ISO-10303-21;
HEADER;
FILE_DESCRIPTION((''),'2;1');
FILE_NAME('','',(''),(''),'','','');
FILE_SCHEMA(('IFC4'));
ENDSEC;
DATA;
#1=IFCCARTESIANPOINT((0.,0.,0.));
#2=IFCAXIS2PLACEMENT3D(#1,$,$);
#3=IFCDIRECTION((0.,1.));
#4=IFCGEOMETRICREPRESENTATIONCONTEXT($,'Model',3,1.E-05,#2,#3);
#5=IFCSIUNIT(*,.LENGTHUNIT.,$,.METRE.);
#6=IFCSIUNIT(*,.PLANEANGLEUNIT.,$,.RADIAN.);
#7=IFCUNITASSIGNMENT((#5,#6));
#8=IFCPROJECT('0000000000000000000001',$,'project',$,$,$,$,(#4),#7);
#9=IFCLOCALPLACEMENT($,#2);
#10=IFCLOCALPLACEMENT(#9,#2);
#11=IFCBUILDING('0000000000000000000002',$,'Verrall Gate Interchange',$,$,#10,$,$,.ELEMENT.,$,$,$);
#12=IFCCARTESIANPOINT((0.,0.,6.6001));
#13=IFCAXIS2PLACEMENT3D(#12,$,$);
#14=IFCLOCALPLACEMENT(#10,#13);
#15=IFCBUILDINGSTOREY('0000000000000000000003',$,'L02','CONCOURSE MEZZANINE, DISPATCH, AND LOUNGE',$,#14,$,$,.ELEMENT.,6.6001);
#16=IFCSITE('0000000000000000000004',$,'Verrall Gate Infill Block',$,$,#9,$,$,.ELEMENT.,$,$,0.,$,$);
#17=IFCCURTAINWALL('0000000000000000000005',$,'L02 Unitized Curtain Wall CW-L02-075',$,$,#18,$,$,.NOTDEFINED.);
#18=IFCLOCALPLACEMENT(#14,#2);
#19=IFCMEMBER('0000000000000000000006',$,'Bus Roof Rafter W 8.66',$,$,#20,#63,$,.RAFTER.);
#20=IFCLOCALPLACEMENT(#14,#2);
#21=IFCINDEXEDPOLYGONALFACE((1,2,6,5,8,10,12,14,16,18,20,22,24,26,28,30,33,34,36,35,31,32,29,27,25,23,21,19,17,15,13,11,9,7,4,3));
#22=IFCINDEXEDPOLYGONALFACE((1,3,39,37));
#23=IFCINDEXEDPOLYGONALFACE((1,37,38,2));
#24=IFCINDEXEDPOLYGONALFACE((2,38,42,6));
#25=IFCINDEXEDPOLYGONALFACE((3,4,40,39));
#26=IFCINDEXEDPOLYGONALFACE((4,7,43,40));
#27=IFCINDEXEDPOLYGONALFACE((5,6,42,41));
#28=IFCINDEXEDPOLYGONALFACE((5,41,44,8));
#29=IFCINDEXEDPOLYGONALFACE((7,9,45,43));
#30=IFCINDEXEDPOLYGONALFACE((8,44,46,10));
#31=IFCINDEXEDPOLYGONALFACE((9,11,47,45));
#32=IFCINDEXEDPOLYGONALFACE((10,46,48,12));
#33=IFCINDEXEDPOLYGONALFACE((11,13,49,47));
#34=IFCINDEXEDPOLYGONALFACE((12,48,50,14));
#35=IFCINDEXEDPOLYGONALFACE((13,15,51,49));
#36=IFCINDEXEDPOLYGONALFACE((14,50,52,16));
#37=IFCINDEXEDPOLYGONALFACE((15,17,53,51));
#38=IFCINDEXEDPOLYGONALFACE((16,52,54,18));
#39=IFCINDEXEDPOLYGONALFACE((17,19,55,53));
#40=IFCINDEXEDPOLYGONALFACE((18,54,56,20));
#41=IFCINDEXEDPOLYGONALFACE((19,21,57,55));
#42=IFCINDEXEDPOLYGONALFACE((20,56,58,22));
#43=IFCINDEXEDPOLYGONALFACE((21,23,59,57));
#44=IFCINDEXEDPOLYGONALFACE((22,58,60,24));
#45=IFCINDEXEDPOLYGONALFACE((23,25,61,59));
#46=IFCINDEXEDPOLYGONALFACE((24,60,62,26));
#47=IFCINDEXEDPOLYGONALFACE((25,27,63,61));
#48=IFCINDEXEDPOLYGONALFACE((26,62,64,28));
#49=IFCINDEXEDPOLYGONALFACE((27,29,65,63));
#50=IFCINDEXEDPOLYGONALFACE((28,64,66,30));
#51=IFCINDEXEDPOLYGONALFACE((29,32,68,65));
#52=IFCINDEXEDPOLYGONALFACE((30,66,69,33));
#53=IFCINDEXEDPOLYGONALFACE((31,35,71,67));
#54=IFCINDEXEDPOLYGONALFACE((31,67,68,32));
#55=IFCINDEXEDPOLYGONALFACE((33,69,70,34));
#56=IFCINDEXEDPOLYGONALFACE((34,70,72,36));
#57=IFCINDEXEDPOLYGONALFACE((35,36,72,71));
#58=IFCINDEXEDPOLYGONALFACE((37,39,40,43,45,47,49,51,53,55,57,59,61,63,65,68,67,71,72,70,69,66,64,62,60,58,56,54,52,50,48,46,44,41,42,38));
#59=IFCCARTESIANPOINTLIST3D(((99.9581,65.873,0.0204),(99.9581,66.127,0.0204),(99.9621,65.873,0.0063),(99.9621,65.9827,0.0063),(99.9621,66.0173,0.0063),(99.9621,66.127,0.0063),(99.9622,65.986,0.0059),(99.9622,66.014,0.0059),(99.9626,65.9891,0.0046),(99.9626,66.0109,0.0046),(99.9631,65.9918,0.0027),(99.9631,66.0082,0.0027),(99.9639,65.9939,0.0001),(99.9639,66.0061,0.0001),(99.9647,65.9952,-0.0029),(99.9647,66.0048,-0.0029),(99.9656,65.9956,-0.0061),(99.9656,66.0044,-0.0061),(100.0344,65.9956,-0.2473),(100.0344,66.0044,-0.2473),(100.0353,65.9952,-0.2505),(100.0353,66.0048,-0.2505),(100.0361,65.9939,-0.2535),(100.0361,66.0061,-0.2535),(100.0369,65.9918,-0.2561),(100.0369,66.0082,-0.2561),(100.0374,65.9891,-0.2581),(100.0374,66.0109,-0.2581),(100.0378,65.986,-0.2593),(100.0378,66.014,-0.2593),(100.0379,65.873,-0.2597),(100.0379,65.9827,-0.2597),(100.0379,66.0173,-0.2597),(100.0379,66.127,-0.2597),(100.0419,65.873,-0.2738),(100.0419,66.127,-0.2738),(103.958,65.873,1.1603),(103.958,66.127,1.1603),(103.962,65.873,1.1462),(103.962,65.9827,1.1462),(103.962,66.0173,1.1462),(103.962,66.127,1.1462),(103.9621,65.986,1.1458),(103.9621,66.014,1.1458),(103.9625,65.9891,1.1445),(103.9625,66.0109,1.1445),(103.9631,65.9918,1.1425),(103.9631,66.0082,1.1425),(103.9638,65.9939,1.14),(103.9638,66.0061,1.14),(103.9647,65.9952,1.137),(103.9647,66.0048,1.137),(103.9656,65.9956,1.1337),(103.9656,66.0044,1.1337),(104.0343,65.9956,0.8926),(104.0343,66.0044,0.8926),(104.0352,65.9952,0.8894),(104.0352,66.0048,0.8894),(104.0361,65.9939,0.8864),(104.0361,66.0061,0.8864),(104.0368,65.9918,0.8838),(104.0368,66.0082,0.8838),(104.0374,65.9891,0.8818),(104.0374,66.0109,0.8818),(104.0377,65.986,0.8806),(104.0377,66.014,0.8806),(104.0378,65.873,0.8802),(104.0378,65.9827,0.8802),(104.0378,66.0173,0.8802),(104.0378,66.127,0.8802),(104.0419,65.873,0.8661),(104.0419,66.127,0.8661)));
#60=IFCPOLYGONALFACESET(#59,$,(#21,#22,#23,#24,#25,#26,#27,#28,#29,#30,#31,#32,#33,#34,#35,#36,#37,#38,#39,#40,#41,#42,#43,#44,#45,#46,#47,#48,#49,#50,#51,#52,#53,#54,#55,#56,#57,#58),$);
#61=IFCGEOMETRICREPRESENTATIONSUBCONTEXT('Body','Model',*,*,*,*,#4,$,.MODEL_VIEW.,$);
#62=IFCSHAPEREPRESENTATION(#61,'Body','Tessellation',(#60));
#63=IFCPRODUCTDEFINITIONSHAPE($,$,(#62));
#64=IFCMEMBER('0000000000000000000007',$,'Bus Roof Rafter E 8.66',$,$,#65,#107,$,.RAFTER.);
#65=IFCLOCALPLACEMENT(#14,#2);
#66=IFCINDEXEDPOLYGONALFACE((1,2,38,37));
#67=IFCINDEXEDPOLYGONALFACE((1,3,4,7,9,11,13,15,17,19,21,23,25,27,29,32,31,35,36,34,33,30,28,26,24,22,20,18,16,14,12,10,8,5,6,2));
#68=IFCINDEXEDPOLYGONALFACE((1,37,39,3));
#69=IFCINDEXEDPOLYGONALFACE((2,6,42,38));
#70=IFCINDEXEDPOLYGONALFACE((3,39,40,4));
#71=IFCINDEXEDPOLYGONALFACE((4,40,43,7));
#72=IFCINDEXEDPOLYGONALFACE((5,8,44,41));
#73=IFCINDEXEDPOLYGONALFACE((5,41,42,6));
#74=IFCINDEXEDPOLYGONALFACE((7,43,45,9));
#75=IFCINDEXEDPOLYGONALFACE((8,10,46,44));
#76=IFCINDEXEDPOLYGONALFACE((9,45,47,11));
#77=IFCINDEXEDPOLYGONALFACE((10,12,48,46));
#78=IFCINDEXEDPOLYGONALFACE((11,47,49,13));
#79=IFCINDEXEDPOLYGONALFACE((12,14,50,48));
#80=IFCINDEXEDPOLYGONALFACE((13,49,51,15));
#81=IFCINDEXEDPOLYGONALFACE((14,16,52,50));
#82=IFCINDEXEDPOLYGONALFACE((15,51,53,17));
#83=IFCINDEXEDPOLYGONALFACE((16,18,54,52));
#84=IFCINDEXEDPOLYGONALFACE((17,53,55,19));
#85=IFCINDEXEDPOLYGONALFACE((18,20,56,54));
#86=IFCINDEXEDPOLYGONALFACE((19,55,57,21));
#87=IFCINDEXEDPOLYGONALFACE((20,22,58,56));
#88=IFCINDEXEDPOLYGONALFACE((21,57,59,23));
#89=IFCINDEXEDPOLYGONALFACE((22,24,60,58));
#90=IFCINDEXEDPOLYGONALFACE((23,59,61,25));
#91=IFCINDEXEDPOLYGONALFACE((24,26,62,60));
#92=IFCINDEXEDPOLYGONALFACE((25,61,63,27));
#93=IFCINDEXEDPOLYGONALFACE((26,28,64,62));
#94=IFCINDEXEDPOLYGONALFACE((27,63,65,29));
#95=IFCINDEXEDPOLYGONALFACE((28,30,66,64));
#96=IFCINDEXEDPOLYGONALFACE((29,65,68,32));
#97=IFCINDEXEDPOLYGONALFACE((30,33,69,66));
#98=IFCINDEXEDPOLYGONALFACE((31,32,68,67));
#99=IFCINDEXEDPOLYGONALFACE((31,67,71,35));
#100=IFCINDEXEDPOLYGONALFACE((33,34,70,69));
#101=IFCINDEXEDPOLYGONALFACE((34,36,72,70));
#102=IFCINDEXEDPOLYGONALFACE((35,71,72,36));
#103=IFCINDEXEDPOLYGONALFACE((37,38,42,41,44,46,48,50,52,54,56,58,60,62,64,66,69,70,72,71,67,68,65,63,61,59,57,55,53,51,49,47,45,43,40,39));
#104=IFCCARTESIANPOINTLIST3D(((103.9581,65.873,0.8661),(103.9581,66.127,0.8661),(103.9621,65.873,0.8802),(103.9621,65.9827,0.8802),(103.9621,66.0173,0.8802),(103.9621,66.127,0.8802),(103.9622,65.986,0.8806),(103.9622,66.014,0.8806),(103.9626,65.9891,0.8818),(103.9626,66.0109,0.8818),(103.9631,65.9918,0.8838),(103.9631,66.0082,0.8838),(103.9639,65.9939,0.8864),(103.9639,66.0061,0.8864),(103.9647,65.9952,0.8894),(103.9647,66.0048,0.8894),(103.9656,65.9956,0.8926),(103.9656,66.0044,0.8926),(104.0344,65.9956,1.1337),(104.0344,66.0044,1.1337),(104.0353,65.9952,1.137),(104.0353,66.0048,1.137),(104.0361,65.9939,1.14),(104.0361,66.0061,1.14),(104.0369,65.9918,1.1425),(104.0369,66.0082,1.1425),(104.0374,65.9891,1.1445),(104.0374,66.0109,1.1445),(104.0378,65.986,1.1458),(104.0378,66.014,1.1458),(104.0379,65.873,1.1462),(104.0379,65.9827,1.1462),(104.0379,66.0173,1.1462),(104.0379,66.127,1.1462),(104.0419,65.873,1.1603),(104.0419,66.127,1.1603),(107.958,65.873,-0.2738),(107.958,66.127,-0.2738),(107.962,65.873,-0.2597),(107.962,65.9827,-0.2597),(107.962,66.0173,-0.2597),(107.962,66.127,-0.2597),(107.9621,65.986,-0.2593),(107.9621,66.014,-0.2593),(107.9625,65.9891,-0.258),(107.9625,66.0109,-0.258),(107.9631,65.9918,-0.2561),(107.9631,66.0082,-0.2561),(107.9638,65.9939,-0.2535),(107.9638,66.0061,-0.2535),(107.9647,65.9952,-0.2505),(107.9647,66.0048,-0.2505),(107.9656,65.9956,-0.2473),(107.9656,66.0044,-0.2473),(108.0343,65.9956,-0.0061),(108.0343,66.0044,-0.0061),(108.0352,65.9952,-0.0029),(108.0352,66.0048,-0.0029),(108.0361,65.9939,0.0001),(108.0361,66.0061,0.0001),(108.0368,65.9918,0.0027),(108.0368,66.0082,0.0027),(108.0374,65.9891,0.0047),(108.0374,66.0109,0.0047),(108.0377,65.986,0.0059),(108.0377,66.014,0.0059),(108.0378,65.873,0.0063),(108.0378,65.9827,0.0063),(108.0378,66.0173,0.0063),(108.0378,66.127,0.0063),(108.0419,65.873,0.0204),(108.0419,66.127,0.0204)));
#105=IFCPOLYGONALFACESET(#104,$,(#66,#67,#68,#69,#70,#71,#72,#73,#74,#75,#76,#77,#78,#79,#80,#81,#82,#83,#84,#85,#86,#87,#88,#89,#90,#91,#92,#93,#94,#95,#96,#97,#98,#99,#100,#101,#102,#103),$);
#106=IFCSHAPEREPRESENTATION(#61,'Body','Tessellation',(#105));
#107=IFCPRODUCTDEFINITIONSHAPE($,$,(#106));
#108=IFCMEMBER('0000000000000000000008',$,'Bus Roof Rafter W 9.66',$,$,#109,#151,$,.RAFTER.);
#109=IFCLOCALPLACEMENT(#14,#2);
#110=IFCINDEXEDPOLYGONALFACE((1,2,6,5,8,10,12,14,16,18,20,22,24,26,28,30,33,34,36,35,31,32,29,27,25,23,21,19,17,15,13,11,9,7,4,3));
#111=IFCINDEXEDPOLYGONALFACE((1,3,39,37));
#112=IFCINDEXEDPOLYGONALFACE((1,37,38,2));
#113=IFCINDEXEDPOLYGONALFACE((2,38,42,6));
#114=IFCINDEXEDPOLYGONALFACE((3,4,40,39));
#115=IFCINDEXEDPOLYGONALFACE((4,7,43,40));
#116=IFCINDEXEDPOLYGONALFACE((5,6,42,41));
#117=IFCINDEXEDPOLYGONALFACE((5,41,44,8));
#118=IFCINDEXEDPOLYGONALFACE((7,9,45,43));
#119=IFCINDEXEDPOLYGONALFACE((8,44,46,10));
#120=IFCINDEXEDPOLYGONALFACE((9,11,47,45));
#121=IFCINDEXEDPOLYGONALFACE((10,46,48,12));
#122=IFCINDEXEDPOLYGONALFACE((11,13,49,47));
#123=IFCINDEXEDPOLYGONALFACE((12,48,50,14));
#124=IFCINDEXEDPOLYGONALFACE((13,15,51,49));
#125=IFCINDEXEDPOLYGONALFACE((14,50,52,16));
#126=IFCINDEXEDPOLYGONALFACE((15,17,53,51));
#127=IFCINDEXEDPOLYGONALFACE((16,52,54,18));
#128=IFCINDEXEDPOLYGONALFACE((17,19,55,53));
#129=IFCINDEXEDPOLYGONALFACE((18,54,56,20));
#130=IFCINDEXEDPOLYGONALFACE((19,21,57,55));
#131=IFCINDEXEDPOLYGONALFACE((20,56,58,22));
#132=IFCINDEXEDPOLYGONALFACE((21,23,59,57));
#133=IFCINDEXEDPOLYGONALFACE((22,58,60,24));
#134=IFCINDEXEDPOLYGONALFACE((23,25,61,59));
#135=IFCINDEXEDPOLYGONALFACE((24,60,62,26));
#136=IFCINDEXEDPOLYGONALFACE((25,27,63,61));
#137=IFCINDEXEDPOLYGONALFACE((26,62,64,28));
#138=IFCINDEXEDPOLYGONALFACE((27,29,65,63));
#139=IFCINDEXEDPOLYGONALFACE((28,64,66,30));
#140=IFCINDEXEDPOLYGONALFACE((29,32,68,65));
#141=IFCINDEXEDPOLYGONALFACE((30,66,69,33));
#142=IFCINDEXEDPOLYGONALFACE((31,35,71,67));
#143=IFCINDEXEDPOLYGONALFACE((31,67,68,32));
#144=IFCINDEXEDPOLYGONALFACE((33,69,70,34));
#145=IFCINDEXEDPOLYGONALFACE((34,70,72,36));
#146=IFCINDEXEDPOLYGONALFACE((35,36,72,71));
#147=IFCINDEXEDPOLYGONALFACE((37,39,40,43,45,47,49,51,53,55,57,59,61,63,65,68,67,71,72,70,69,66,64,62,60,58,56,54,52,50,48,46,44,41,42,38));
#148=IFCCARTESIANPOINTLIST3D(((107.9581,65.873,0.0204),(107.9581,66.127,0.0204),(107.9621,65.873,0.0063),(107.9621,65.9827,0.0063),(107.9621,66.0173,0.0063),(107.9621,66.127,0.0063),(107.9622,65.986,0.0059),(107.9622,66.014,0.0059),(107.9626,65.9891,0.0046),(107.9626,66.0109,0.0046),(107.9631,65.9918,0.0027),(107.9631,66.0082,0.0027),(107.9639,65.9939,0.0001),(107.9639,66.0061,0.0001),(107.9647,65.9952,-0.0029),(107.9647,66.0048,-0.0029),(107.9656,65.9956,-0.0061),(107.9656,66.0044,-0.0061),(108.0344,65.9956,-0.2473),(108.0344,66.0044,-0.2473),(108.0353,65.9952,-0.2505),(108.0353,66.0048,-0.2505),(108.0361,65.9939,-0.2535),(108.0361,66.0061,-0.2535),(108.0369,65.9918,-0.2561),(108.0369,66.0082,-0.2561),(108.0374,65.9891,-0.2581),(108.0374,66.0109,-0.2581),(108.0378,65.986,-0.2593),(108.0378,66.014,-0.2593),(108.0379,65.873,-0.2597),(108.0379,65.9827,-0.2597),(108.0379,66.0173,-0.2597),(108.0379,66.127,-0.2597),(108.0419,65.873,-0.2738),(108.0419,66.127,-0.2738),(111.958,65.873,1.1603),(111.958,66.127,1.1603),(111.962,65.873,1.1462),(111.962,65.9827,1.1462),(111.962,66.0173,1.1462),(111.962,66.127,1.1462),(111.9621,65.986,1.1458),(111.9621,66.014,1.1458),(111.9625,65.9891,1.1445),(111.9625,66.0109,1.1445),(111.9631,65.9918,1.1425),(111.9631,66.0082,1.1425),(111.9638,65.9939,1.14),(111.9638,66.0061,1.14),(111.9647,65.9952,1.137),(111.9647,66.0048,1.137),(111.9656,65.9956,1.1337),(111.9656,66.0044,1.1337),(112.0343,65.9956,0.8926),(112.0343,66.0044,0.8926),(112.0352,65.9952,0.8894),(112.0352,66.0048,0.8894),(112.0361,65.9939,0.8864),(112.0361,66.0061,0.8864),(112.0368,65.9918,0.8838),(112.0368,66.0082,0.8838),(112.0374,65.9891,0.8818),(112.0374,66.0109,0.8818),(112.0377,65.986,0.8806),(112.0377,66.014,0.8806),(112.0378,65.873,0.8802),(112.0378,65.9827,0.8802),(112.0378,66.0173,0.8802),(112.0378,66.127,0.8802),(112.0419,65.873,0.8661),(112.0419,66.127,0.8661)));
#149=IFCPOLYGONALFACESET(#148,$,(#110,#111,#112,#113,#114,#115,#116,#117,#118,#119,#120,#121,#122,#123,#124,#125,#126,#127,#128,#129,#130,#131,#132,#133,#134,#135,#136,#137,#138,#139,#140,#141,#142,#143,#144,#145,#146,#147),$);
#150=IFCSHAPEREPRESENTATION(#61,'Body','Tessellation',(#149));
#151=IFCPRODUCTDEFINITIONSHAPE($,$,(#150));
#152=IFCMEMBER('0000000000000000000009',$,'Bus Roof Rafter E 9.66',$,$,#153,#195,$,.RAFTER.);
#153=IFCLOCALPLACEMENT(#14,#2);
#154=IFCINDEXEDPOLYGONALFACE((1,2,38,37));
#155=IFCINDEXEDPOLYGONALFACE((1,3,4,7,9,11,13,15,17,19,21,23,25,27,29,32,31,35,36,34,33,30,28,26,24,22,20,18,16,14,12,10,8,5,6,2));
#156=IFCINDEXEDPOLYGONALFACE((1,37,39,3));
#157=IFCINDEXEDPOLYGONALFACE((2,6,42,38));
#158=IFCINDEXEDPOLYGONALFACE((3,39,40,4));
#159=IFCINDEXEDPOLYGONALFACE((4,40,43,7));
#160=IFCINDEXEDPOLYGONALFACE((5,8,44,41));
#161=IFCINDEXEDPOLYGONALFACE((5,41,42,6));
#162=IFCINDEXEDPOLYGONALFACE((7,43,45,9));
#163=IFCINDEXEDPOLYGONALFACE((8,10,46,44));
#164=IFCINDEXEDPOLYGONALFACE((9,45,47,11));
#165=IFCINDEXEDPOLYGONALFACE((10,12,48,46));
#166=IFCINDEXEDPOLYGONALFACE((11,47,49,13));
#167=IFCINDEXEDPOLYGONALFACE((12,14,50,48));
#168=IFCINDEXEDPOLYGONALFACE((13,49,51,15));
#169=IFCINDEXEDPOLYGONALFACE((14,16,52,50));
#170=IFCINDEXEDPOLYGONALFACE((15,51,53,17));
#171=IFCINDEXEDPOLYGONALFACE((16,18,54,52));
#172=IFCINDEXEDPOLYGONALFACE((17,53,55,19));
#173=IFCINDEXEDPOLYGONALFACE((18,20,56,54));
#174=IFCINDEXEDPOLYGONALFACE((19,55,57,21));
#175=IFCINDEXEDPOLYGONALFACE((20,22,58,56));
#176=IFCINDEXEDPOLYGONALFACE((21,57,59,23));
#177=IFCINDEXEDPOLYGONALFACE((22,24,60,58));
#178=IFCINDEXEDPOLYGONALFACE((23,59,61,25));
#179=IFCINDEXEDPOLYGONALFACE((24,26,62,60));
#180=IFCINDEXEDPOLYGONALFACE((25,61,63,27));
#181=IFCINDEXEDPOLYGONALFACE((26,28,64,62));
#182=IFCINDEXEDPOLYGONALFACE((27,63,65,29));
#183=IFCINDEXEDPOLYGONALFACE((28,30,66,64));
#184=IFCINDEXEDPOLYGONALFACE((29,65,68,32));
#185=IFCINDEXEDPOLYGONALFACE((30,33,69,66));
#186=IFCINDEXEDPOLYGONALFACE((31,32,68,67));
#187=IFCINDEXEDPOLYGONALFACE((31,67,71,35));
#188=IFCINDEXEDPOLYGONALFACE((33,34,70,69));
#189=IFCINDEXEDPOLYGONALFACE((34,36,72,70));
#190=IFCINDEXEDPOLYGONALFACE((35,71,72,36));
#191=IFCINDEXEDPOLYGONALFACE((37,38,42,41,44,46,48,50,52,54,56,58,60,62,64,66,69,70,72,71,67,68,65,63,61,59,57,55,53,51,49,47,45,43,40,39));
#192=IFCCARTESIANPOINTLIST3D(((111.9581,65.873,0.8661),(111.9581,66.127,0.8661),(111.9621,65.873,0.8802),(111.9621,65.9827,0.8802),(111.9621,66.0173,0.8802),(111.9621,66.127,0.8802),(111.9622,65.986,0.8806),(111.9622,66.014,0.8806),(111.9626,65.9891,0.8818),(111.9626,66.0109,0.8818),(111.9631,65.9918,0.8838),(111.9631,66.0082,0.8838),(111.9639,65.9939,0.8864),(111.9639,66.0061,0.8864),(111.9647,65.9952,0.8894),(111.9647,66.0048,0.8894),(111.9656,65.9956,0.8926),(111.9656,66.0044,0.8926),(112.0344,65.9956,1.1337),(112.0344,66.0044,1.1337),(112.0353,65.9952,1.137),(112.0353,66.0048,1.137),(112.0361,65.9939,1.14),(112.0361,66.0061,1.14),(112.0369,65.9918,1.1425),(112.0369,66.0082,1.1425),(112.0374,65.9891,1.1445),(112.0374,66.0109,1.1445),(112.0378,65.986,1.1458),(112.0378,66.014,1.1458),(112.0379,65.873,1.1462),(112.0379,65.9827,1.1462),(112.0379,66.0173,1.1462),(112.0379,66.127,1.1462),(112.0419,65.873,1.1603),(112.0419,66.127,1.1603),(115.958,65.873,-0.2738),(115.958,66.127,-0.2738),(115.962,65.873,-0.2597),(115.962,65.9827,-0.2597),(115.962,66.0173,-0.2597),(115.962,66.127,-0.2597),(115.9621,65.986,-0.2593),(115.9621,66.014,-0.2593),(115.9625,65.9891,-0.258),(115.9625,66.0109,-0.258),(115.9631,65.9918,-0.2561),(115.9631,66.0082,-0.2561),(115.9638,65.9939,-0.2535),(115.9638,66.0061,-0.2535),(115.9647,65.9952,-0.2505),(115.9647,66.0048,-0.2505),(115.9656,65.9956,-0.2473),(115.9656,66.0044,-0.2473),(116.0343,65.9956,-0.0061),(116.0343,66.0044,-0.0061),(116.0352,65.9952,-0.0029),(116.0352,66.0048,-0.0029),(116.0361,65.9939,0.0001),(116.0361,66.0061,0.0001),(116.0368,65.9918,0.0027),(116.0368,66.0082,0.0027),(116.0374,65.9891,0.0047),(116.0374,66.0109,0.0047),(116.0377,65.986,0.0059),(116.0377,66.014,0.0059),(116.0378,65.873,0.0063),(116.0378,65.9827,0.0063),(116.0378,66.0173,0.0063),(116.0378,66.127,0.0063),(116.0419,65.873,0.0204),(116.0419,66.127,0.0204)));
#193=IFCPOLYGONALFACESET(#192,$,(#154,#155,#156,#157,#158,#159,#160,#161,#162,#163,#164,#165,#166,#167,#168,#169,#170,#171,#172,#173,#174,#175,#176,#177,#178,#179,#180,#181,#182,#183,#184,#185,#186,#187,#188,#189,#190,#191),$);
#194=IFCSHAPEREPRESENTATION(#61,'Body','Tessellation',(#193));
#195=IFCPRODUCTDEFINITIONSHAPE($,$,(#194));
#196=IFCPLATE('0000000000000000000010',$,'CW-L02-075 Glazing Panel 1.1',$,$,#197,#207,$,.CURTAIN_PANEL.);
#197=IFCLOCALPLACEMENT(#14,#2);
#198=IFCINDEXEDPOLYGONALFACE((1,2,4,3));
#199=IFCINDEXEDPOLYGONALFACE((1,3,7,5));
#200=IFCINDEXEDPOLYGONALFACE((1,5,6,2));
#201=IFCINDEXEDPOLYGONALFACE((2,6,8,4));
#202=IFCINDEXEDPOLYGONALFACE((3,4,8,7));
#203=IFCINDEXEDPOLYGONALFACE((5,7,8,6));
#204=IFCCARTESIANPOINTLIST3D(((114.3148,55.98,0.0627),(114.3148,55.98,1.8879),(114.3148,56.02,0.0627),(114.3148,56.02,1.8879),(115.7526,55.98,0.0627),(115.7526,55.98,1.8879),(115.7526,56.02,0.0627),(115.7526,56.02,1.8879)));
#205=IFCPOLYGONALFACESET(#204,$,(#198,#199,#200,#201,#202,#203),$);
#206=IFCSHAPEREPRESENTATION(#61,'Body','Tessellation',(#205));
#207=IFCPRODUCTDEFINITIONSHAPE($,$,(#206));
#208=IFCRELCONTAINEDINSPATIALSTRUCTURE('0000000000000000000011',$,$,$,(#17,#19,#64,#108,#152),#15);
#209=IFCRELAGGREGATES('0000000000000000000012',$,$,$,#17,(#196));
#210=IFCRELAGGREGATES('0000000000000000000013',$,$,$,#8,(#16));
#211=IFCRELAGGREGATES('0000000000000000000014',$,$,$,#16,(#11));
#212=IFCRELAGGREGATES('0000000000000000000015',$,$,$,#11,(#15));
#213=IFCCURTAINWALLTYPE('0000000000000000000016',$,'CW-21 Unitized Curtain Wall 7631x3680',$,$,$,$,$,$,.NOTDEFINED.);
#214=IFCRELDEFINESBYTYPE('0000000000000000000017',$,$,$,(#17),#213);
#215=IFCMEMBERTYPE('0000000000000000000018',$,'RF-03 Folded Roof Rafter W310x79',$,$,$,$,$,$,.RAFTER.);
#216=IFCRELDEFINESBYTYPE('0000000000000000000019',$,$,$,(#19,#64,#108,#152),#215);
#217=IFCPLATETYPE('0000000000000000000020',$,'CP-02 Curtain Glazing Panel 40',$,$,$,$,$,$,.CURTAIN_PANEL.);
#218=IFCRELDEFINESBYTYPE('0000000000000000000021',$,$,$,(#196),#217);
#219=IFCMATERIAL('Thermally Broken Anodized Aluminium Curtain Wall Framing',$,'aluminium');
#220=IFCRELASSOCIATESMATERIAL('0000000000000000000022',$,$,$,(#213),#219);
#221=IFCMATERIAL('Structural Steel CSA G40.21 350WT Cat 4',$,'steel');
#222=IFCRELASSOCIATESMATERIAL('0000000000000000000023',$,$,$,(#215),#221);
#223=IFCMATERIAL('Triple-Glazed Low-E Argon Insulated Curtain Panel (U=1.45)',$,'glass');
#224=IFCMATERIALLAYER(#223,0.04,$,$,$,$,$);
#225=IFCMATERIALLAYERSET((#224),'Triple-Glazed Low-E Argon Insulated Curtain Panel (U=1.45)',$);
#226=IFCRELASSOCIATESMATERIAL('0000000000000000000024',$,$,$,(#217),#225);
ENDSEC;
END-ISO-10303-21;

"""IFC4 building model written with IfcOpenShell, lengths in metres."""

from ifc_helpers import new_model, si_unit, direction, frame, origin, origin_2d, place, context, subcontext, project, spatial, rectangle, i_section, extrude, material, layer, layer_set, material_profile, profile_set, type_object, element, aggregate, save


model = new_model("IFC4")

# Units and contexts
model_context = context("Model", 3, precision=1e-05, world=origin(), true_north=direction((0.0, 1.0)))
body_context = subcontext(model_context, "Body", "Model", "MODEL_VIEW")
ifc_project = project(units=[si_unit("LENGTHUNIT", "METRE"), si_unit("PLANEANGLEUNIT", "RADIAN")], contexts=[model_context])

# Site, building, storey
site_placement = place(None, origin())
site = spatial("IfcSite", under=ifc_project, at=site_placement, Name="Verrall Gate Infill Block", CompositionType="ELEMENT", RefElevation=0.0)
building_placement = place(site_placement, origin())
building = spatial("IfcBuilding", under=site, at=building_placement, Name="Verrall Gate Interchange", CompositionType="ELEMENT")
storey_placement = place(building_placement, frame((0.0, 0.0, 6.6001)))
storey = spatial("IfcBuildingStorey", under=building, at=storey_placement, Name="L02", Description="CONCOURSE MEZZANINE, DISPATCH, AND LOUNGE", CompositionType="ELEMENT", Elevation=6.6001)

# Curtain wall
ifc_material_1 = material(Name="Thermally Broken Anodized Aluminium Curtain Wall Framing", Category="aluminium")
curtain_wall_type = type_object("IfcCurtainWallType", Name="CW-21 Unitized Curtain Wall 7631x3680", PredefinedType="NOTDEFINED", material=ifc_material_1)
curtain_wall_placement = place(storey_placement, origin())
curtain_wall = element("IfcCurtainWall", 1, at=curtain_wall_placement, inside=storey, type_object=curtain_wall_type, Name="L02 Unitized Curtain Wall CW-L02-075", PredefinedType="NOTDEFINED")

# Members
ifc_material_2 = material(Name="Structural Steel CSA G40.21 350WT Cat 4", Category="steel")
ifc_material_profile_1 = material_profile(ifc_material_2, i_section(OverallWidth=0.2539, OverallDepth=0.3059, WebThickness=0.0088, FlangeThickness=0.0146, FilletRadius=0.0129, at=origin_2d()), Name="W310x79")
ifc_profile_set_1 = profile_set([ifc_material_profile_1], Name="Structural Steel CSA G40.21 350WT Cat 4")
member_type_1 = type_object("IfcMemberType", Name="RF-03 Folded Roof Rafter W310x79", PredefinedType="RAFTER", material=ifc_profile_set_1)
for number, where, z_axis, x_axis, name in (
    (2, (100.0, 66.0, -0.1267), (0.961712, 0.0, 0.274062), (0.0, 1.0, 0.0), "Bus Roof Rafter W 8.66"),
    (3, (104.0, 66.0, 1.0132), (0.961712, 0.0, -0.274062), (0.0, 1.0, 0.0), "Bus Roof Rafter E 8.66"),
    (4, (108.0, 66.0, -0.1267), (0.961712, 0.0, 0.274062), (0.0, 1.0, 0.0), "Bus Roof Rafter W 9.66"),
    (5, (112.0, 66.0, 1.0132), (0.961712, 0.0, -0.274062), (0.0, 1.0, 0.0), "Bus Roof Rafter E 9.66"),
):
    element("IfcMember", number, at=place(storey_placement, frame(where, z_axis=z_axis, x_axis=x_axis)), inside=storey, type_object=member_type_1, Name=name, PredefinedType="RAFTER", context=body_context, shape_type="SweptSolid", body=[
        extrude(i_section(OverallWidth=0.2539, OverallDepth=0.3059, WebThickness=0.0088, FlangeThickness=0.0146, FilletRadius=0.0129, at=origin_2d()), origin(), (0.0, 0.0, 1.0), 4.1592),
    ])

# Plate
ifc_material_3 = material(Name="Triple-Glazed Low-E Argon Insulated Curtain Panel (U=1.45)", Category="glass")
ifc_layer_1 = layer(ifc_material_3, 0.04)
ifc_layer_set_1 = layer_set([ifc_layer_1], Name="Triple-Glazed Low-E Argon Insulated Curtain Panel (U=1.45)")
plate_type = type_object("IfcPlateType", Name="CP-02 Curtain Glazing Panel 40", PredefinedType="CURTAIN_PANEL", material=ifc_layer_set_1)
plate_1_placement = place(storey_placement, frame((115.0337, 56.0, 0.0627), z_axis=(0.0, 0.0, 1.0), x_axis=(-1.0, 0.0, 0.0)))
plate_1 = element("IfcPlate", 6, at=plate_1_placement, type_object=plate_type, Name="CW-L02-075 Glazing Panel 1.1", PredefinedType="CURTAIN_PANEL", context=body_context, shape_type="SweptSolid", body=[
    extrude(rectangle(XDim=1.4377, YDim=0.04, at=origin_2d()), origin(), (0.0, 0.0, 1.0), 1.8252),
])
aggregate(curtain_wall, [plate_1])

save(model, "model.ifc")
